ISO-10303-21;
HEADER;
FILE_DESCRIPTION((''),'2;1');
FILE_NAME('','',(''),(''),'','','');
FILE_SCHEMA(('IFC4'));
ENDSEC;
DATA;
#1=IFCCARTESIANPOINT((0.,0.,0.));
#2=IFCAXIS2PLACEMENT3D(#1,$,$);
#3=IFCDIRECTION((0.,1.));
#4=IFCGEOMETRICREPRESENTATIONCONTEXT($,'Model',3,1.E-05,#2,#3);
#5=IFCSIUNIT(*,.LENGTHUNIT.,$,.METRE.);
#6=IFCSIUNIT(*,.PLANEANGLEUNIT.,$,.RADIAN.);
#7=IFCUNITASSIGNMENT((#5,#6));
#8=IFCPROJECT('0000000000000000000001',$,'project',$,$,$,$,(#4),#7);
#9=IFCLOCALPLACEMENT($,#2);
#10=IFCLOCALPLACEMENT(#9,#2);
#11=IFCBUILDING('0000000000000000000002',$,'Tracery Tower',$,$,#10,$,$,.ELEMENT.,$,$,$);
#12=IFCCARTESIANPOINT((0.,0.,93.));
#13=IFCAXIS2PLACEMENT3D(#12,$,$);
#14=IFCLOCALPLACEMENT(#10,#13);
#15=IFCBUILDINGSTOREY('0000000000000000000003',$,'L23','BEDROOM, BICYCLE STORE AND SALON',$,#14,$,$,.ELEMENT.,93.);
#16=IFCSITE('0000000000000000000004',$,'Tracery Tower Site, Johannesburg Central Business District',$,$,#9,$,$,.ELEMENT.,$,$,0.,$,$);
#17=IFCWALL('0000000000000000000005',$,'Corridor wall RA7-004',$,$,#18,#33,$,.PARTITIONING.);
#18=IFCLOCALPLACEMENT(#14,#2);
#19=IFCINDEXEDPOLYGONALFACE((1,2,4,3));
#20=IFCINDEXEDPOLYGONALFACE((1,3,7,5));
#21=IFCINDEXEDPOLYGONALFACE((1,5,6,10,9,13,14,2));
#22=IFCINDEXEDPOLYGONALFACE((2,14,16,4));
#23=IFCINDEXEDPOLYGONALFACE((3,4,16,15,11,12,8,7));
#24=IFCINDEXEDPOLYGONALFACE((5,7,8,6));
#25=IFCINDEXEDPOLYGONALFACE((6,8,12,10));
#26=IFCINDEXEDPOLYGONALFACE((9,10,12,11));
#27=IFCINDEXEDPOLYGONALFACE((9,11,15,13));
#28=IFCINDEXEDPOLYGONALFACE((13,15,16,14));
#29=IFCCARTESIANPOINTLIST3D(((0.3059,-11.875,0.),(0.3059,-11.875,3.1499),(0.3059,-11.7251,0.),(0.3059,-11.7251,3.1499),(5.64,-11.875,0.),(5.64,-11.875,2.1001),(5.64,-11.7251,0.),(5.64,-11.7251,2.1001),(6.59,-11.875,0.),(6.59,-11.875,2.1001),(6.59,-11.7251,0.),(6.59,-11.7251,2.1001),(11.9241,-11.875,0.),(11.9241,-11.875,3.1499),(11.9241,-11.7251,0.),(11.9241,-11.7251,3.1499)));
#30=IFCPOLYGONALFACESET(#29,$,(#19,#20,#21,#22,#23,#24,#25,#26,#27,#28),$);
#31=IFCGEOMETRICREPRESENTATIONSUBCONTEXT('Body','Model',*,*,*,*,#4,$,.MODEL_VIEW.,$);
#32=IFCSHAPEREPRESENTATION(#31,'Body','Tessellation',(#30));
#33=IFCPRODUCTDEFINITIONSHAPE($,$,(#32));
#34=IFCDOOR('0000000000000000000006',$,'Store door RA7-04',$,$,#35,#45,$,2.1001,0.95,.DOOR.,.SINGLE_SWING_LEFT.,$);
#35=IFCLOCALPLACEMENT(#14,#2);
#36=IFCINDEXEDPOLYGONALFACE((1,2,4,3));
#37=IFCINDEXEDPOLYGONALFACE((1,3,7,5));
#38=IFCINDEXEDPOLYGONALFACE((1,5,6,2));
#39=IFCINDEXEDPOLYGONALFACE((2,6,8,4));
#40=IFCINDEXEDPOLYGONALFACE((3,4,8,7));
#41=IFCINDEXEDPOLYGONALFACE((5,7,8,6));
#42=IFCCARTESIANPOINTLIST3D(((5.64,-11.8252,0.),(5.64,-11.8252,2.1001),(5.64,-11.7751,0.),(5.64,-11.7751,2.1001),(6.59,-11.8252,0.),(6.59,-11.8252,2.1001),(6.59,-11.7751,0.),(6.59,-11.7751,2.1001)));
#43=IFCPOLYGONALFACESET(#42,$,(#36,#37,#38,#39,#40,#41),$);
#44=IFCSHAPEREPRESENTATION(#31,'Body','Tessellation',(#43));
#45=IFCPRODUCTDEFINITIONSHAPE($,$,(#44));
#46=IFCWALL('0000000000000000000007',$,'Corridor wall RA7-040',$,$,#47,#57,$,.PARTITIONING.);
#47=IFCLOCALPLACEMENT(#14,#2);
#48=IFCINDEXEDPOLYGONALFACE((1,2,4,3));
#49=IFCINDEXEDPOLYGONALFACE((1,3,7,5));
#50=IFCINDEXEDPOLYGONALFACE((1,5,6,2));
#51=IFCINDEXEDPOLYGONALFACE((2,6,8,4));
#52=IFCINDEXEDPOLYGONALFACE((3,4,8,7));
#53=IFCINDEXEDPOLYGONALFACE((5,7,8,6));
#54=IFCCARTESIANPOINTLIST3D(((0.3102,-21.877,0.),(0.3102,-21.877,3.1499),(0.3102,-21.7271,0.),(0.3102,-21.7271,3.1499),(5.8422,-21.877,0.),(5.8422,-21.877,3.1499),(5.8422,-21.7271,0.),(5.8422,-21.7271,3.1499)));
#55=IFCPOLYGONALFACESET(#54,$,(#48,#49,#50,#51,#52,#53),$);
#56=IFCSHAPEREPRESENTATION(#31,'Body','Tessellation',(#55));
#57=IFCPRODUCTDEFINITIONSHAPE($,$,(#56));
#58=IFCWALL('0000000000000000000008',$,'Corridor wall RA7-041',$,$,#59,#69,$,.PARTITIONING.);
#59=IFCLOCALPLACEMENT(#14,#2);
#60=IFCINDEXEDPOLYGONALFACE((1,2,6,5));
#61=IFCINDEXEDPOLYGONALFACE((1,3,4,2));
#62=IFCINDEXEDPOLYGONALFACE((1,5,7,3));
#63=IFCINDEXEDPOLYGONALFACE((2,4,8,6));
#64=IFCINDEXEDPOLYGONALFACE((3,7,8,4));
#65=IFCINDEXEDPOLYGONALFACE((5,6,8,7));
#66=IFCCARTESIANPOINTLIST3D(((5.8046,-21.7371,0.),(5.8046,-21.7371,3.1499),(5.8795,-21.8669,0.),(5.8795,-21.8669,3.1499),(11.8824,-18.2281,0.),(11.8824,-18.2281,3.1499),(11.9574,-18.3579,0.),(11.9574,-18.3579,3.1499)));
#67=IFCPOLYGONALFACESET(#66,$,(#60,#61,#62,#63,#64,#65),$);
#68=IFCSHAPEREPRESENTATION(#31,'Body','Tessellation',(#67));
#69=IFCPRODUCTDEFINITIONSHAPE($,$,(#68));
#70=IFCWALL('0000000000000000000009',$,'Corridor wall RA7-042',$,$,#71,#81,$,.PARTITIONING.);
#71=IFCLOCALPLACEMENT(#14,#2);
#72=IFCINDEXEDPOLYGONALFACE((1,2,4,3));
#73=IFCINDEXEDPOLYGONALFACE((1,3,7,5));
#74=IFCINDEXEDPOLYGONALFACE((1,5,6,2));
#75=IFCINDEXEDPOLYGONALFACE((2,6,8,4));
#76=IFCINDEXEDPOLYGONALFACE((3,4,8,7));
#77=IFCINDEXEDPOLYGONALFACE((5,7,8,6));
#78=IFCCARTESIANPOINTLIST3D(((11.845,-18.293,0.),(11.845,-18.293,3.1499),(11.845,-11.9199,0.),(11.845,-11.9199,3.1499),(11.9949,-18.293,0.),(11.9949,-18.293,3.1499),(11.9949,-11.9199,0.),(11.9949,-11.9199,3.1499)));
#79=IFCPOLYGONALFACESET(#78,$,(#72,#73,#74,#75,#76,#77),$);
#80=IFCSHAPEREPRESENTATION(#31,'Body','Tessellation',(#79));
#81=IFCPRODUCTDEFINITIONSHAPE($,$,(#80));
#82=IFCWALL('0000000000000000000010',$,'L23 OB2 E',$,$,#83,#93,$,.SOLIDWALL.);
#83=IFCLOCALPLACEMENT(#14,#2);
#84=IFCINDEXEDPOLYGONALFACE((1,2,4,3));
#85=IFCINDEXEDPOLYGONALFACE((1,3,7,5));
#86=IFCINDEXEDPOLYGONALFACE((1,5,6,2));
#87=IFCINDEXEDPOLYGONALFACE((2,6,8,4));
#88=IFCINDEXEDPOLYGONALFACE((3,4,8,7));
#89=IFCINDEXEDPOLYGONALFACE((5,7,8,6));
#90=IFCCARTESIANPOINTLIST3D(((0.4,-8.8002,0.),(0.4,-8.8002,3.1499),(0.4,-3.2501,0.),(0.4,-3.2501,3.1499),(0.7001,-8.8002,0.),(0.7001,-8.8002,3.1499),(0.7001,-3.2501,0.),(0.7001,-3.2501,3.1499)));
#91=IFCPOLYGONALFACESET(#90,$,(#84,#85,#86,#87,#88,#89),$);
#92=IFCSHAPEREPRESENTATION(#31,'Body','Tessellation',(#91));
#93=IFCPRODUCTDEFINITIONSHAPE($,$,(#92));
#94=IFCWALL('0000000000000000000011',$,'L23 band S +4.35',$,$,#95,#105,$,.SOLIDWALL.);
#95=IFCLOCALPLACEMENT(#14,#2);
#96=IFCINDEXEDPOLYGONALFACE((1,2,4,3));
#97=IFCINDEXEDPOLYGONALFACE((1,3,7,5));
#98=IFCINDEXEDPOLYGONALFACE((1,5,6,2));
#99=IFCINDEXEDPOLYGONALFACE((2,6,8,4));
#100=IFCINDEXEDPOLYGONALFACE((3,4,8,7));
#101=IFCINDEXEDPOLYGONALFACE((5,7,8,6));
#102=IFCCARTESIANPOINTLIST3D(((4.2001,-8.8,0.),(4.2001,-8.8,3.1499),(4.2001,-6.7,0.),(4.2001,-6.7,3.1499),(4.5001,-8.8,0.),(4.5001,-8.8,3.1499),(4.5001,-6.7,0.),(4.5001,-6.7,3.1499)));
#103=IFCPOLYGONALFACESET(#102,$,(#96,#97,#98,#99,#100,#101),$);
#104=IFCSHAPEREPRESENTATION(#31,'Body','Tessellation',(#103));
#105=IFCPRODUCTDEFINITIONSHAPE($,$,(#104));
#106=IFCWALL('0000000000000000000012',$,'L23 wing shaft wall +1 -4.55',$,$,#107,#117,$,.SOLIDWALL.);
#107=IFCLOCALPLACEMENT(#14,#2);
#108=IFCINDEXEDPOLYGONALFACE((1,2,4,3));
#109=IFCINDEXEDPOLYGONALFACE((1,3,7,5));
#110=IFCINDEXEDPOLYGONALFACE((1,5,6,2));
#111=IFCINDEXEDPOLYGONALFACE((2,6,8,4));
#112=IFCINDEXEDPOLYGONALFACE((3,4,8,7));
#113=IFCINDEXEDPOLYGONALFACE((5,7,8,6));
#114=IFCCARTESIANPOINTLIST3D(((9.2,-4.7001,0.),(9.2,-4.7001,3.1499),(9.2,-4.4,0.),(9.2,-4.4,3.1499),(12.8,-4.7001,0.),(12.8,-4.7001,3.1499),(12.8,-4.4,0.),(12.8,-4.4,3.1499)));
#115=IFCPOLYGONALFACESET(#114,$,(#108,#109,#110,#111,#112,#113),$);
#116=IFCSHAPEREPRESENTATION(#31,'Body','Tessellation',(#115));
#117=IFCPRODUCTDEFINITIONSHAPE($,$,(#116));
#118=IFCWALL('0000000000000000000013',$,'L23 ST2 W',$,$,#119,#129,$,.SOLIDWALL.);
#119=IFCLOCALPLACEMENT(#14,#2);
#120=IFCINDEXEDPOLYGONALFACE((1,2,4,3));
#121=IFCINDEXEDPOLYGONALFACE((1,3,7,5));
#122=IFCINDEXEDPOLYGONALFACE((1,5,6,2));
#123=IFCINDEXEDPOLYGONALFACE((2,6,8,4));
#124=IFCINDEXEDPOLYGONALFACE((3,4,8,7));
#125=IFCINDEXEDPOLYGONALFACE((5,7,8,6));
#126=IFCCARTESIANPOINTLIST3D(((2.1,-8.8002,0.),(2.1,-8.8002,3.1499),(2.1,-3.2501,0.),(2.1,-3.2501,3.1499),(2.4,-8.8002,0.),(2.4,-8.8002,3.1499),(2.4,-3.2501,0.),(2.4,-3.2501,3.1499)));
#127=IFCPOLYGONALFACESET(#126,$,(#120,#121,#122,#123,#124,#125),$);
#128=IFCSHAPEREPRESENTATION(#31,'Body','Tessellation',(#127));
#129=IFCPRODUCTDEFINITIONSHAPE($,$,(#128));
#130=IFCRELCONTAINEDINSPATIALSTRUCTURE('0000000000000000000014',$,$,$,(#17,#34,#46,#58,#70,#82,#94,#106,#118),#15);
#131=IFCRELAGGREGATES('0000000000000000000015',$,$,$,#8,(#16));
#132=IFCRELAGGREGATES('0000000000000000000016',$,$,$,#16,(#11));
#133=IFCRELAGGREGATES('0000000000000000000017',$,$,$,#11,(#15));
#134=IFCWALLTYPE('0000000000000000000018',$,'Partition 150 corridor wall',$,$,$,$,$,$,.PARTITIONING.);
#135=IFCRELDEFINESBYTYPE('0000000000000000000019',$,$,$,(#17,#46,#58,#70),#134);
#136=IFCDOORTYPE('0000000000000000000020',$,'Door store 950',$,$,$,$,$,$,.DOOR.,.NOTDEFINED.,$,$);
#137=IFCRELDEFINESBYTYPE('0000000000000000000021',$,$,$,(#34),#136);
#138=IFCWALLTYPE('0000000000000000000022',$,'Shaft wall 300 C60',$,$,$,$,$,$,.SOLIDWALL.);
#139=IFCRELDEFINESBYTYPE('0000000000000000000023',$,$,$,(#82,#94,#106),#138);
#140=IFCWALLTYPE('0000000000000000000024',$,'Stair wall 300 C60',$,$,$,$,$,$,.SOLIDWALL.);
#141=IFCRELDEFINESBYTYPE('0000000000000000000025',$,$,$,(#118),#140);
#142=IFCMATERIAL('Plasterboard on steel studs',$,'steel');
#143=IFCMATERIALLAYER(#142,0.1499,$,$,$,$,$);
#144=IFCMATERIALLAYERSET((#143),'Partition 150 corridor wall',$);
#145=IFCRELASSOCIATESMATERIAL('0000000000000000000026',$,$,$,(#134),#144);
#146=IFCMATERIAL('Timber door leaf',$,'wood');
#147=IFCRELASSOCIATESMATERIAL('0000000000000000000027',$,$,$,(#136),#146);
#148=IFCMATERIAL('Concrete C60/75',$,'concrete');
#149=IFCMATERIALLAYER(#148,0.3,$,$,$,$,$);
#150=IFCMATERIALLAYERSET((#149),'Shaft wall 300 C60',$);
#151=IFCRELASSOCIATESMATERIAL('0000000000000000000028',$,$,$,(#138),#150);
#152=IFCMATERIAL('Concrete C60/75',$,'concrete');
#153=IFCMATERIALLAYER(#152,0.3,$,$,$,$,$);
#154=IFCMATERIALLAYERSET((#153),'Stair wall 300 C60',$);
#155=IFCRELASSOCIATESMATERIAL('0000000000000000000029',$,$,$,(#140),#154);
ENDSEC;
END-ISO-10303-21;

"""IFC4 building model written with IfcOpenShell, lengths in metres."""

from ifc_helpers import new_model, si_unit, direction, frame, frame_2d, origin, place, context, subcontext, project, spatial, rectangle, extrude, material, layer, layer_set, type_object, element, fill, save


model = new_model("IFC4")

# Units and contexts
model_context = context("Model", 3, precision=1e-05, world=origin(), true_north=direction((0.0, 1.0)))
body_context = subcontext(model_context, "Body", "Model", "MODEL_VIEW")
ifc_project = project(units=[si_unit("LENGTHUNIT", "METRE"), si_unit("PLANEANGLEUNIT", "RADIAN")], contexts=[model_context])

# Site, building, storey
site_placement = place(None, origin())
site = spatial("IfcSite", under=ifc_project, at=site_placement, Name="Tracery Tower Site, Johannesburg Central Business District", CompositionType="ELEMENT", RefElevation=0.0)
building_placement = place(site_placement, origin())
building = spatial("IfcBuilding", under=site, at=building_placement, Name="Tracery Tower", CompositionType="ELEMENT")
storey_placement = place(building_placement, frame((0.0, 0.0, 93.0)))
storey = spatial("IfcBuildingStorey", under=building, at=storey_placement, Name="L23", Description="BEDROOM, BICYCLE STORE AND SALON", CompositionType="ELEMENT", Elevation=93.0)

# Wall, opening, door
ifc_material_1 = material(Name="Plasterboard on steel studs", Category="steel")
ifc_layer_1 = layer(ifc_material_1, 0.1499)
ifc_layer_set_1 = layer_set([ifc_layer_1], Name="Partition 150 corridor wall")
wall_type_1 = type_object("IfcWallType", Name="Partition 150 corridor wall", PredefinedType="PARTITIONING", material=ifc_layer_set_1)
wall_1_placement = place(storey_placement, frame((0.3059, -11.8, 0.0), z_axis=(0.0, 0.0, 1.0), x_axis=(1.0, 0.0, 0.0)))
wall_1 = element("IfcWall", 1, at=wall_1_placement, inside=storey, type_object=wall_type_1, Name="Corridor wall RA7-004", PredefinedType="PARTITIONING", context=body_context, shape_type="SweptSolid", body=[
    extrude(rectangle(XDim=11.6182, YDim=0.1499, at=frame_2d((5.8091, 0.0))), origin(), (0.0, 0.0, 1.0), 3.1499),
])
opening_1_placement = place(wall_1_placement, frame((5.334, 0.0, 0.0)))
opening_1 = element("IfcOpeningElement", 2, at=opening_1_placement, cuts=wall_1, PredefinedType="OPENING", context=body_context, shape_type="SweptSolid", body=[
    extrude(rectangle(XDim=0.95, YDim=2.1001, at=frame_2d((0.4751, 1.05))), frame((0.0, 0.075, 0.0), z_axis=(0.0, -1.0, 0.0), x_axis=(1.0, 0.0, 0.0)), (0.0, 0.0, 1.0), 0.1499),
])
ifc_material_2 = material(Name="Timber door leaf", Category="wood")
door_type_1 = type_object("IfcDoorType", Name="Door store 950", OperationType="NOTDEFINED", PredefinedType="DOOR", material=ifc_material_2)
door_1_placement = place(opening_1_placement, origin())
door_1 = element("IfcDoor", 3, at=door_1_placement, inside=storey, type_object=door_type_1, Name="Store door RA7-04", OperationType="SINGLE_SWING_LEFT", OverallHeight=2.1001, OverallWidth=0.95, PredefinedType="DOOR", context=body_context, shape_type="SweptSolid", body=[
    extrude(rectangle(XDim=0.95, YDim=2.1001, at=frame_2d((0.4751, 1.05))), frame((0.0, 0.0249, 0.0), z_axis=(0.0, -1.0, 0.0), x_axis=(1.0, 0.0, 0.0)), (0.0, 0.0, 1.0), 0.05),
])
fill(opening_1, door_1)

# Walls
wall_2_placement = place(storey_placement, frame((0.3101, -21.802, 0.0), z_axis=(0.0, 0.0, 1.0), x_axis=(1.0, 0.0, 0.0)))
element("IfcWall", 4, at=wall_2_placement, inside=storey, type_object=wall_type_1, Name="Corridor wall RA7-040", PredefinedType="PARTITIONING", context=body_context, shape_type="SweptSolid", body=[
    extrude(rectangle(XDim=5.532, YDim=0.1499, at=frame_2d((2.7661, 0.0))), origin(), (0.0, 0.0, 1.0), 3.1499),
])
wall_3_placement = place(storey_placement, frame((5.842, -21.802, 0.0), z_axis=(0.0, 0.0, 1.0), x_axis=(0.866027, 0.499996, 0.0)))
element("IfcWall", 5, at=wall_3_placement, inside=storey, type_object=wall_type_1, Name="Corridor wall RA7-041", PredefinedType="PARTITIONING", context=body_context, shape_type="SweptSolid", body=[
    extrude(rectangle(XDim=7.0181, YDim=0.1499, at=frame_2d((3.509, 0.0))), origin(), (0.0, 0.0, 1.0), 3.1499),
])
wall_4_placement = place(storey_placement, frame((11.9199, -18.293, 0.0), z_axis=(0.0, 0.0, 1.0), x_axis=(0.0, 1.0, 0.0)))
element("IfcWall", 6, at=wall_4_placement, inside=storey, type_object=wall_type_1, Name="Corridor wall RA7-042", PredefinedType="PARTITIONING", context=body_context, shape_type="SweptSolid", body=[
    extrude(rectangle(XDim=6.373, YDim=0.1499, at=frame_2d((3.1865, 0.0))), origin(), (0.0, 0.0, 1.0), 3.1499),
])
ifc_material_3 = material(Name="Concrete C60/75", Category="concrete")
ifc_layer_2 = layer(ifc_material_3, 0.3)
ifc_layer_set_2 = layer_set([ifc_layer_2], Name="Shaft wall 300 C60")
wall_type_2 = type_object("IfcWallType", Name="Shaft wall 300 C60", PredefinedType="SOLIDWALL", material=ifc_layer_set_2)
wall_5_placement = place(storey_placement, frame((0.55, -8.8, 0.0), z_axis=(0.0, 0.0, 1.0), x_axis=(0.0, 1.0, 0.0)))
element("IfcWall", 7, at=wall_5_placement, inside=storey, type_object=wall_type_2, Name="L23 OB2 E", PredefinedType="SOLIDWALL", context=body_context, shape_type="SweptSolid", body=[
    extrude(rectangle(XDim=5.55, YDim=0.3, at=frame_2d((2.7749, 0.0))), origin(), (0.0, 0.0, 1.0), 3.1499),
])
wall_6_placement = place(storey_placement, frame((4.3501, -8.8, 0.0), z_axis=(0.0, 0.0, 1.0), x_axis=(0.0, 1.0, 0.0)))
element("IfcWall", 8, at=wall_6_placement, inside=storey, type_object=wall_type_2, Name="L23 band S +4.35", PredefinedType="SOLIDWALL", context=body_context, shape_type="SweptSolid", body=[
    extrude(rectangle(XDim=2.1001, YDim=0.3, at=frame_2d((1.05, 0.0))), origin(), (0.0, 0.0, 1.0), 3.1499),
])
wall_7_placement = place(storey_placement, frame((9.2, -4.55, 0.0), z_axis=(0.0, 0.0, 1.0), x_axis=(1.0, 0.0, 0.0)))
element("IfcWall", 9, at=wall_7_placement, inside=storey, type_object=wall_type_2, Name="L23 wing shaft wall +1 -4.55", PredefinedType="SOLIDWALL", context=body_context, shape_type="SweptSolid", body=[
    extrude(rectangle(XDim=3.6001, YDim=0.3, at=frame_2d((1.8, 0.0))), origin(), (0.0, 0.0, 1.0), 3.1499),
])

# Shared definitions
ifc_material_4 = material(Name="Concrete C60/75", Category="concrete")
ifc_layer_3 = layer(ifc_material_4, 0.3)
ifc_layer_set_3 = layer_set([ifc_layer_3], Name="Stair wall 300 C60")
wall_type_3 = type_object("IfcWallType", Name="Stair wall 300 C60", PredefinedType="SOLIDWALL", material=ifc_layer_set_3)

# Wall
wall_8_placement = place(storey_placement, frame((2.25, -8.8, 0.0), z_axis=(0.0, 0.0, 1.0), x_axis=(0.0, 1.0, 0.0)))
element("IfcWall", 10, at=wall_8_placement, inside=storey, type_object=wall_type_3, Name="L23 ST2 W", PredefinedType="SOLIDWALL", context=body_context, shape_type="SweptSolid", body=[
    extrude(rectangle(XDim=5.55, YDim=0.3, at=frame_2d((2.7749, 0.0))), origin(), (0.0, 0.0, 1.0), 3.1499),
])

save(model, "model.ifc")
